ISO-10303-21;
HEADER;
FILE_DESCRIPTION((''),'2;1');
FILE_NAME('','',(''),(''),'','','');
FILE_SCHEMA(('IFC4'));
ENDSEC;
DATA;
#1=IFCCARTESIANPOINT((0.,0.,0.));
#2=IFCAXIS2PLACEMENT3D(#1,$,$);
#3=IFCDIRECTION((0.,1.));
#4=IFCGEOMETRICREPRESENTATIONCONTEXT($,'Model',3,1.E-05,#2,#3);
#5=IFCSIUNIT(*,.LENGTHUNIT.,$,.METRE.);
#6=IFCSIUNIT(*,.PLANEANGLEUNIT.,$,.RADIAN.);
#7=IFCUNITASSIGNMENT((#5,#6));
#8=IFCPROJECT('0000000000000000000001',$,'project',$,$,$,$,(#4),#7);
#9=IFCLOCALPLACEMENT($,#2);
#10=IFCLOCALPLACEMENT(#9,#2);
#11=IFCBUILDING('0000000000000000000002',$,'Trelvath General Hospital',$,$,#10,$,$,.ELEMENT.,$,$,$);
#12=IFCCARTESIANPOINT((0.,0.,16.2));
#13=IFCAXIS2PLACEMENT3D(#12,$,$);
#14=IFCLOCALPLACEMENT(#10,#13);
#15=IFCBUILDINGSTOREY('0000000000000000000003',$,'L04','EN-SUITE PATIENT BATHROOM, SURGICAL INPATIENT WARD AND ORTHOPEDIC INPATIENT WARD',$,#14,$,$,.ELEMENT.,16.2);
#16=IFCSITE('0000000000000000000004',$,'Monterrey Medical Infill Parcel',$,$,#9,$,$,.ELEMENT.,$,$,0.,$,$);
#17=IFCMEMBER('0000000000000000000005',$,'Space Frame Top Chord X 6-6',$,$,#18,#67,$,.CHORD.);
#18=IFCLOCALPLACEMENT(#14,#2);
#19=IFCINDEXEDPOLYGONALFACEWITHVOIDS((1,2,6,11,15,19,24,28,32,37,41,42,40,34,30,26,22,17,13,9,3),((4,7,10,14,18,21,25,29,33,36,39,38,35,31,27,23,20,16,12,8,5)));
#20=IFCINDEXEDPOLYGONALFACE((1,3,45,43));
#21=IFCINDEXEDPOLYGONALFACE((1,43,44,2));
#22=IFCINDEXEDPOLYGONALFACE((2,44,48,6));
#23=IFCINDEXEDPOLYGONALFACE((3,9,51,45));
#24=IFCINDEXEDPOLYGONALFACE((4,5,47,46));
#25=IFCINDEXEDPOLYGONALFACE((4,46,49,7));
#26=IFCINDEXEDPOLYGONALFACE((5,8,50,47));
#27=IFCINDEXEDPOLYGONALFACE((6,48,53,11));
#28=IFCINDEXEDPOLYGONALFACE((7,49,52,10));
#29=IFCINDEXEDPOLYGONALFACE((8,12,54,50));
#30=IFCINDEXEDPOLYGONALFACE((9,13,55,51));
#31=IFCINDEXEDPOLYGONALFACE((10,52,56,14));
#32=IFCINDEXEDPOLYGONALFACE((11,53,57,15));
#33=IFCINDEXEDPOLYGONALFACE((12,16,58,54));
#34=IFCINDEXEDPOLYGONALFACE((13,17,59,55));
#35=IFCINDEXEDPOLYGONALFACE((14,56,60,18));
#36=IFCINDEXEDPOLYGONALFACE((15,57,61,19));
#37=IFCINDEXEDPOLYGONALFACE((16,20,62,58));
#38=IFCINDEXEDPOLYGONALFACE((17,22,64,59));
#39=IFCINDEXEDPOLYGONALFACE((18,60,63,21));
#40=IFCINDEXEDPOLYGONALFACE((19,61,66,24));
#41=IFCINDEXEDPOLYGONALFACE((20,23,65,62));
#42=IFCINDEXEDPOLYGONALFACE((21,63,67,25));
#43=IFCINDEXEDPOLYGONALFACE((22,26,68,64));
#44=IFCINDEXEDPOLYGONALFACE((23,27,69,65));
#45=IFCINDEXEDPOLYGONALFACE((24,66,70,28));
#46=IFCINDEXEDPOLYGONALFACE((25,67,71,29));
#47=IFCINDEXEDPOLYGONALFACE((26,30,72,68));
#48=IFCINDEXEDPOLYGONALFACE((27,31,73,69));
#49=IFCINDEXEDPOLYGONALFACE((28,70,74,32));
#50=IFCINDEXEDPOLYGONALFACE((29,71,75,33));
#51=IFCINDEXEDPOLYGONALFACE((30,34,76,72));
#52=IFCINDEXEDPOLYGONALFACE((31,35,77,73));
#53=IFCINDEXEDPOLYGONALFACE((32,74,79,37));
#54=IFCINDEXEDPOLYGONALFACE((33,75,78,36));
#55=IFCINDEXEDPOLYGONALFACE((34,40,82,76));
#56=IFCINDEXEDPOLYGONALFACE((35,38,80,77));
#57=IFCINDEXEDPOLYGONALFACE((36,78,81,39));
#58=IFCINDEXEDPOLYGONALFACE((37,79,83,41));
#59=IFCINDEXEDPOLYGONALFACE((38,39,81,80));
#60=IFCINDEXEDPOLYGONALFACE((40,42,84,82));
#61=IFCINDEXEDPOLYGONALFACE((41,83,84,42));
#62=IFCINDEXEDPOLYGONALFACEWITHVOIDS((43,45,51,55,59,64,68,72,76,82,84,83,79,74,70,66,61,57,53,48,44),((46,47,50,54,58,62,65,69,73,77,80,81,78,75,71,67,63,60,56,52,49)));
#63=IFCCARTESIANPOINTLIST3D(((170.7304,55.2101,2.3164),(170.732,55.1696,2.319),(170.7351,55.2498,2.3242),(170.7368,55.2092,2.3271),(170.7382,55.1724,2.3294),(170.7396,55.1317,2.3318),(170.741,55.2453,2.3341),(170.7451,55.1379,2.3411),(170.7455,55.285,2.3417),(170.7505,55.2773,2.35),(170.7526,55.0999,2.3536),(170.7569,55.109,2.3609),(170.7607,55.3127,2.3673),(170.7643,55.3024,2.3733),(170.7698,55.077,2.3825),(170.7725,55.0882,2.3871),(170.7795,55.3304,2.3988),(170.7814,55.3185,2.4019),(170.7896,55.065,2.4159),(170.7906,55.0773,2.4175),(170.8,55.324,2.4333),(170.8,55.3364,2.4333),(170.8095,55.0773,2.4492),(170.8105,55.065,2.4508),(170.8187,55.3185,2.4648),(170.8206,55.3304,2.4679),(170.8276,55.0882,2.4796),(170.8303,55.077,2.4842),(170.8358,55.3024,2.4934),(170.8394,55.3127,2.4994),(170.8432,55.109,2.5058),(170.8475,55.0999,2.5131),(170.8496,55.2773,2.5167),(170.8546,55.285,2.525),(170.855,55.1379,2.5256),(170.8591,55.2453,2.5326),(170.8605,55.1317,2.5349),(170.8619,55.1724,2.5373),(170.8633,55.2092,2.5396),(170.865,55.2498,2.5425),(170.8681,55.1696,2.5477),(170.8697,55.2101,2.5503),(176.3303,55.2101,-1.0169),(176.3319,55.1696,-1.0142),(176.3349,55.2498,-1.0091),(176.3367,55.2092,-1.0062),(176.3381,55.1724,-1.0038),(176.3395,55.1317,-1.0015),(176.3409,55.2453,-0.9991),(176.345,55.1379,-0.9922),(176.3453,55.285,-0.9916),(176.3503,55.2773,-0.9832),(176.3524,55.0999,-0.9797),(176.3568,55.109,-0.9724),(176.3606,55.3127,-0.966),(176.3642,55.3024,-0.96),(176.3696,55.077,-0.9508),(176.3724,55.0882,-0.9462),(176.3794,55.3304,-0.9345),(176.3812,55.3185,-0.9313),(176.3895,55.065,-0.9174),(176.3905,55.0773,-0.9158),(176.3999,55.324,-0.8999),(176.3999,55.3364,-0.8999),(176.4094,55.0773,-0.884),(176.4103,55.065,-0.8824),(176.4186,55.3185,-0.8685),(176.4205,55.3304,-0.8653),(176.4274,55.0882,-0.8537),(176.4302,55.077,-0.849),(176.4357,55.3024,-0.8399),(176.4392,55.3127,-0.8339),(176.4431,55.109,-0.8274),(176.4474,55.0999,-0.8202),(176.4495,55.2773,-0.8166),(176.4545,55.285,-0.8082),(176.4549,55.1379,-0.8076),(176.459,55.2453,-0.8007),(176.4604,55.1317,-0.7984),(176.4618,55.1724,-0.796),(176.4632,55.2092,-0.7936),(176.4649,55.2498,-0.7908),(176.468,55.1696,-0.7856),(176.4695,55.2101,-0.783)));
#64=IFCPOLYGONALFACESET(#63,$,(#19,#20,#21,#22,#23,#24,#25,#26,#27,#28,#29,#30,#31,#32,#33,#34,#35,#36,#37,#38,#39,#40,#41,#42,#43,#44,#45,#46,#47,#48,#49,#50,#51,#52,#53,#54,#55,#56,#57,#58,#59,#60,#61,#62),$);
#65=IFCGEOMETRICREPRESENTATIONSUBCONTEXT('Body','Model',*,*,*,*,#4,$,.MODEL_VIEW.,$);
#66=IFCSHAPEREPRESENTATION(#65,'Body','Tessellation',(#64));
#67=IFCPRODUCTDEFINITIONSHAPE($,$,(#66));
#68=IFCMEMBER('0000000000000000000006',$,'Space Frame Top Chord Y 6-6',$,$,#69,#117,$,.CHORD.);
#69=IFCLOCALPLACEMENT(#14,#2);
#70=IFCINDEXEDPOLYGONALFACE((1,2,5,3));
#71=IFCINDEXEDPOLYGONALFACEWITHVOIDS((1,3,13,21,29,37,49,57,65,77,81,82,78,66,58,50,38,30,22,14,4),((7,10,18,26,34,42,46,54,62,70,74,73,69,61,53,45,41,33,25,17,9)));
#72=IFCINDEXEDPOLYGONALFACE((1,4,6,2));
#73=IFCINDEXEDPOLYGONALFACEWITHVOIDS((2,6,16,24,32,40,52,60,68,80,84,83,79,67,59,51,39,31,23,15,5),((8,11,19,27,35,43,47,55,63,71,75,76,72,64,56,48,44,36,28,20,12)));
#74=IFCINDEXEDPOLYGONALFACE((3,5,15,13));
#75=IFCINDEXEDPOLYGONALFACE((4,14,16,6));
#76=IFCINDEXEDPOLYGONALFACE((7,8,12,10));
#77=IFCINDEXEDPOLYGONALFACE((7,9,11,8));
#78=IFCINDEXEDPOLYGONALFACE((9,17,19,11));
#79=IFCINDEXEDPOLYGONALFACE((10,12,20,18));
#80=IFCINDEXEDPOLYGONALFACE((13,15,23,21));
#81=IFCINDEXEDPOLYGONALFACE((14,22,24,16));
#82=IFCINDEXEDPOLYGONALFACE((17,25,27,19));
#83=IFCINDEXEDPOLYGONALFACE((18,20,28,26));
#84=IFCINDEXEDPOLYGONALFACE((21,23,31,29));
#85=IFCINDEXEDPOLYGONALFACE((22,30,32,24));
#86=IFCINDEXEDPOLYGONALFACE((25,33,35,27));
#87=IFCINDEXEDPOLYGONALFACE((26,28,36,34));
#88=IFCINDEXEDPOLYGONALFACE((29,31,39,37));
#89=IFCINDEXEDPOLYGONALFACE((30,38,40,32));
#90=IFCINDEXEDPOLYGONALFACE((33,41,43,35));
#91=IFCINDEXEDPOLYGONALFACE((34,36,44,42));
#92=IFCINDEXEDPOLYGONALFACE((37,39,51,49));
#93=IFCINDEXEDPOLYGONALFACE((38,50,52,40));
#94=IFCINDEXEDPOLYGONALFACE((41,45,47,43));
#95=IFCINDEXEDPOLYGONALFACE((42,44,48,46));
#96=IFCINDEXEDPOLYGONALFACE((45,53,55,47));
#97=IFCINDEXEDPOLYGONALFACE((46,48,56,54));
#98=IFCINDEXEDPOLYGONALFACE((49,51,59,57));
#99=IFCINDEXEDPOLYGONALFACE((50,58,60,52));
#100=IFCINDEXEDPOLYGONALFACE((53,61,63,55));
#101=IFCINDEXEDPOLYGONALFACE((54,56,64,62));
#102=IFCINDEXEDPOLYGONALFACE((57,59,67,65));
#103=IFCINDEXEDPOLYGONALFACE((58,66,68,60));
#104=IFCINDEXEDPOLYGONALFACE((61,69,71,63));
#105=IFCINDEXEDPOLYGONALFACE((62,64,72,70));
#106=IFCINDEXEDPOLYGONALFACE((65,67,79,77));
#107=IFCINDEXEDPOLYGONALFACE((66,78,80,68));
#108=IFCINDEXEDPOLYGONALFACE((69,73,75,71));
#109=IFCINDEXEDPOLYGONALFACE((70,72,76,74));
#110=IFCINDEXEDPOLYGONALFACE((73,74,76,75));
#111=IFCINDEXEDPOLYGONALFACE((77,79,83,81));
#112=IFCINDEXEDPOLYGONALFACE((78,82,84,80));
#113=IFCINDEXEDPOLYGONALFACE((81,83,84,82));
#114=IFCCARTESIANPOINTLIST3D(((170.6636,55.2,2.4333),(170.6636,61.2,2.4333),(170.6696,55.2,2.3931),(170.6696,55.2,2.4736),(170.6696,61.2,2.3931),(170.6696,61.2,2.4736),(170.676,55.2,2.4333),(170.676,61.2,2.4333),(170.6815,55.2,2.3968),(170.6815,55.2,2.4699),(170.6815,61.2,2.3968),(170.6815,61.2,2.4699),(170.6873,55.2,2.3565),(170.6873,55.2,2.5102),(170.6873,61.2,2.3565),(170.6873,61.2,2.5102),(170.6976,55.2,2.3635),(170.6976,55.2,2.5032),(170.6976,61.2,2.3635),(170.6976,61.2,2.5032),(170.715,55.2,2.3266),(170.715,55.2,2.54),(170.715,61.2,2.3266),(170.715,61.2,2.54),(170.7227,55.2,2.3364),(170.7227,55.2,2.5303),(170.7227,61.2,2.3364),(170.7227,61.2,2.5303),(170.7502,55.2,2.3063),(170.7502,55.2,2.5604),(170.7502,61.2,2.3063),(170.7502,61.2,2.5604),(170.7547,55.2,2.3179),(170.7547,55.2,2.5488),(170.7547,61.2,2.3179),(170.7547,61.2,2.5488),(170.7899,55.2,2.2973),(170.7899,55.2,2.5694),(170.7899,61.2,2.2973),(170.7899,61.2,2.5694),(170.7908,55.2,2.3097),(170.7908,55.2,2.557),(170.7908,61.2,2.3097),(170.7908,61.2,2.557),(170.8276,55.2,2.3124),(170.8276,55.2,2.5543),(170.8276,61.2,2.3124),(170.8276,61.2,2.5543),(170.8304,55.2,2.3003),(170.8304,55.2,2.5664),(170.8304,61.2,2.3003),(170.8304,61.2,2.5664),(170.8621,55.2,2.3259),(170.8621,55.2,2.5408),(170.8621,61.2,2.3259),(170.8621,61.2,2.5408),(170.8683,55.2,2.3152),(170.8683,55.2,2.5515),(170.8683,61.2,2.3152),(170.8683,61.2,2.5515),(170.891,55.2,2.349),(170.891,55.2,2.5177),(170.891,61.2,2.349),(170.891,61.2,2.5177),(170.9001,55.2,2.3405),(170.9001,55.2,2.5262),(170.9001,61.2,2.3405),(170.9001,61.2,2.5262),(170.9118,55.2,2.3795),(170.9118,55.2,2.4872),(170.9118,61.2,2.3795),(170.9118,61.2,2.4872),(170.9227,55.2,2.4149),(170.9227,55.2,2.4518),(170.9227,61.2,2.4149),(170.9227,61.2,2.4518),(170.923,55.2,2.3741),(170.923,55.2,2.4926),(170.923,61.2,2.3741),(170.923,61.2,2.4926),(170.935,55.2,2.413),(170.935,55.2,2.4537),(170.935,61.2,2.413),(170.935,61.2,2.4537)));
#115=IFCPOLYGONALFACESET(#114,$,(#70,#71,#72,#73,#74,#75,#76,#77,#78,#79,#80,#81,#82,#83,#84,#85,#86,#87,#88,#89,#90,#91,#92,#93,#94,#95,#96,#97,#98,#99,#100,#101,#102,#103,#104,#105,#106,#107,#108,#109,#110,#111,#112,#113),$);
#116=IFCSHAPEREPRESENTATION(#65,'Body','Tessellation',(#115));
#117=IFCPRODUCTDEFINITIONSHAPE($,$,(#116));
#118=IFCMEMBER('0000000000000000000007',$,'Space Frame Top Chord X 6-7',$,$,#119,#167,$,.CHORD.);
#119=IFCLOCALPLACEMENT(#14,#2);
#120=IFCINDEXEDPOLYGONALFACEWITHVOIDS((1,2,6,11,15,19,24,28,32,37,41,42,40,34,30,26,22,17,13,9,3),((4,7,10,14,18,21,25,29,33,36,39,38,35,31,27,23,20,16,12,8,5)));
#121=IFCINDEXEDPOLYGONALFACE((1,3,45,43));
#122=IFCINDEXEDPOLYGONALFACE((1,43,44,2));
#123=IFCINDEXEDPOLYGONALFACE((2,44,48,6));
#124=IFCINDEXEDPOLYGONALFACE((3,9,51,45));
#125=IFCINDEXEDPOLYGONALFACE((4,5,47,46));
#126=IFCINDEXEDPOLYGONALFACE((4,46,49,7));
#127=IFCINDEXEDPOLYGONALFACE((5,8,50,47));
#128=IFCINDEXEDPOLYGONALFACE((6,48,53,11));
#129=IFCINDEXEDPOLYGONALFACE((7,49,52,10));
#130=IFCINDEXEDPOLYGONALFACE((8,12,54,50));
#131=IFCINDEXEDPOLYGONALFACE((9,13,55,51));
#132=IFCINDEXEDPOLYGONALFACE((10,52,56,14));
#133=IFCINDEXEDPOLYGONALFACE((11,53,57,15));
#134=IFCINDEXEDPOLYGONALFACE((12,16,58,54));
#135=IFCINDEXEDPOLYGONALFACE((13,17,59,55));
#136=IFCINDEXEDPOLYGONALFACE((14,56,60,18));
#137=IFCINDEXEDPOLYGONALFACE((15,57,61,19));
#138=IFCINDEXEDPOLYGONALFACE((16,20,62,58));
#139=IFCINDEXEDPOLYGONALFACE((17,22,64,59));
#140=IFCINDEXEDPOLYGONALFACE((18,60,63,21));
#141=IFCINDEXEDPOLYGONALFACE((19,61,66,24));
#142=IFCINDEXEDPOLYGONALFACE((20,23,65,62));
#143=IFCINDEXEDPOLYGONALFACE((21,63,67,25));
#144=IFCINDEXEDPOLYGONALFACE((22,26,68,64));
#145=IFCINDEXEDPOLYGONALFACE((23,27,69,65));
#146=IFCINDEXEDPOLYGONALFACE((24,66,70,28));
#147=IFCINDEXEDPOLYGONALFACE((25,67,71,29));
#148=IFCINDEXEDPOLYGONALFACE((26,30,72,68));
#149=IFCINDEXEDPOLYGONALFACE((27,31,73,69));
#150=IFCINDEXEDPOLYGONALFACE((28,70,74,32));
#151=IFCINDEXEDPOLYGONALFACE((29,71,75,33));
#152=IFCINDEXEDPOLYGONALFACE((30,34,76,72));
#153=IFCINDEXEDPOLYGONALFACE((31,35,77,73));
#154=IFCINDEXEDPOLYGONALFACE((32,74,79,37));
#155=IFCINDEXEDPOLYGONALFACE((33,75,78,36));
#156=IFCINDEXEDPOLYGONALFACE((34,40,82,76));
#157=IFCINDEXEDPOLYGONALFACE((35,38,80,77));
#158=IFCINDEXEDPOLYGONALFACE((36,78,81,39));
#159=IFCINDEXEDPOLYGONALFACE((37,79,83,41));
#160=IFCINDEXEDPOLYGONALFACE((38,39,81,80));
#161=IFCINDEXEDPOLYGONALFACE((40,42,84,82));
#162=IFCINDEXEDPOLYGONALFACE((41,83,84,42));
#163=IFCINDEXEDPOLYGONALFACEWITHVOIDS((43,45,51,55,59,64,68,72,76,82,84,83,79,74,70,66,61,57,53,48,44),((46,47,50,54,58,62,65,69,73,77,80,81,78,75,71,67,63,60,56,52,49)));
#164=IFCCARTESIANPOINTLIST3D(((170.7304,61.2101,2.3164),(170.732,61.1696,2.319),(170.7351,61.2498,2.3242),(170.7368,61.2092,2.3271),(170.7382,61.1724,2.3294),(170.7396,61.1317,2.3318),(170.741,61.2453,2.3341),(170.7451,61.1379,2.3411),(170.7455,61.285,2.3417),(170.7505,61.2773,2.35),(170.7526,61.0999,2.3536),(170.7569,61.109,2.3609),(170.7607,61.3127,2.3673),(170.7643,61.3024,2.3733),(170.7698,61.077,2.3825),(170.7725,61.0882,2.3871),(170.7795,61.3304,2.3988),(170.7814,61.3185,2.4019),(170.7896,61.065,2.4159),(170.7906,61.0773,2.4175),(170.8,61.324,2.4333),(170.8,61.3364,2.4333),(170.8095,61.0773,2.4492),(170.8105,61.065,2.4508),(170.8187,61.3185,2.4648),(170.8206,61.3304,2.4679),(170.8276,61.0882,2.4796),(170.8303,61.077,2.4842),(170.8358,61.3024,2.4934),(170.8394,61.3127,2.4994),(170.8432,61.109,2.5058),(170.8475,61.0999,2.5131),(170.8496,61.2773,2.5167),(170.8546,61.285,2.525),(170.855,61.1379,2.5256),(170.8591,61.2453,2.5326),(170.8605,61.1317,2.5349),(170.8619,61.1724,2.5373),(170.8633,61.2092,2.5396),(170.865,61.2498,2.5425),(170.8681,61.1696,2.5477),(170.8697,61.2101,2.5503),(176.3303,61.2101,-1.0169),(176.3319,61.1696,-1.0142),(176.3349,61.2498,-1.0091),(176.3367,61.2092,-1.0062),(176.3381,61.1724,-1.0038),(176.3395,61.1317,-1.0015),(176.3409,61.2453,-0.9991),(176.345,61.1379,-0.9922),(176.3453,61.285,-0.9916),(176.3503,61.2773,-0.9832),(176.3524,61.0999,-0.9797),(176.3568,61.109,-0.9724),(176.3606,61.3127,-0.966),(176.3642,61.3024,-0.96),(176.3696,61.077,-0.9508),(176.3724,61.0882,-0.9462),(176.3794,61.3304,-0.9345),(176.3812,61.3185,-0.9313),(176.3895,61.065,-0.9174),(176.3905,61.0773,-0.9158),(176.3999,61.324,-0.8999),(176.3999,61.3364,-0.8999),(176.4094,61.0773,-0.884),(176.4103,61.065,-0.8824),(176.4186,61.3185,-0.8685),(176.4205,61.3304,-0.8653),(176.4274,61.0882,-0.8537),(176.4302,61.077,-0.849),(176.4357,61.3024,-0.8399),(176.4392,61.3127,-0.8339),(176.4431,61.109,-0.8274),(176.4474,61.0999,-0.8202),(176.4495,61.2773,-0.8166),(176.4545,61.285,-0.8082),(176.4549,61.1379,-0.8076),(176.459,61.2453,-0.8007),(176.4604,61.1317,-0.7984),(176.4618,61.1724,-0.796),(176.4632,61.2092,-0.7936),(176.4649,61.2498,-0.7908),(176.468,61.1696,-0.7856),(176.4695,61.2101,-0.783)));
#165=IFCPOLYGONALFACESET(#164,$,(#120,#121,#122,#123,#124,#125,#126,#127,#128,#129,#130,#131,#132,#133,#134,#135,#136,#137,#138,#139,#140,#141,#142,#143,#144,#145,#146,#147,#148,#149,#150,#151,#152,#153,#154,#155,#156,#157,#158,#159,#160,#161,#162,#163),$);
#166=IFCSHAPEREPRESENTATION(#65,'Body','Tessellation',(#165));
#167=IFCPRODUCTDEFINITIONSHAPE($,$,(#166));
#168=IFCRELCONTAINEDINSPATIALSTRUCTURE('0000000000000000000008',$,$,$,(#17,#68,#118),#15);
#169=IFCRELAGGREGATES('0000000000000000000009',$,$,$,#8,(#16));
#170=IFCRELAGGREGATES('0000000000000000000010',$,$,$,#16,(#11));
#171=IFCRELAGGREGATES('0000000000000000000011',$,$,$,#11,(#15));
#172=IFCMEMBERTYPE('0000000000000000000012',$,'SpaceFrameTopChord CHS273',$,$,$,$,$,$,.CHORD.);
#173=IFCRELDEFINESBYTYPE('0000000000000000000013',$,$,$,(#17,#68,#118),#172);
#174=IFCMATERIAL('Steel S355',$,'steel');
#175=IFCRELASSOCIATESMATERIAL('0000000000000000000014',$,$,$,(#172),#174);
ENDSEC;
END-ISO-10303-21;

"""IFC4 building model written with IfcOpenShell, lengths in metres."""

from ifc_helpers import new_model, si_unit, direction, frame, origin, origin_2d, place, context, subcontext, project, spatial, hollow_circle, extrude, material, material_profile, profile_set, type_object, element, save


model = new_model("IFC4")

# Units and contexts
model_context = context("Model", 3, precision=1e-05, world=origin(), true_north=direction((0.0, 1.0)))
body_context = subcontext(model_context, "Body", "Model", "MODEL_VIEW")
ifc_project = project(units=[si_unit("LENGTHUNIT", "METRE"), si_unit("PLANEANGLEUNIT", "RADIAN")], contexts=[model_context])

# Site, building, storey
site_placement = place(None, origin())
site = spatial("IfcSite", under=ifc_project, at=site_placement, Name="Monterrey Medical Infill Parcel", CompositionType="ELEMENT", RefElevation=0.0)
building_placement = place(site_placement, origin())
building = spatial("IfcBuilding", under=site, at=building_placement, Name="Trelvath General Hospital", CompositionType="ELEMENT")
storey_placement = place(building_placement, frame((0.0, 0.0, 16.2)))
storey = spatial("IfcBuildingStorey", under=building, at=storey_placement, Name="L04", Description="EN-SUITE PATIENT BATHROOM, SURGICAL INPATIENT WARD AND ORTHOPEDIC INPATIENT WARD", CompositionType="ELEMENT", Elevation=16.2)

# Members
ifc_material_1 = material(Name="Steel S355", Category="steel")
ifc_material_profile_1 = material_profile(ifc_material_1, hollow_circle(Radius=0.1365, WallThickness=0.0125, at=origin_2d()), Name="CHS273.0x12.5")
ifc_profile_set_1 = profile_set([ifc_material_profile_1], Name="Steel S355")
member_type_1 = type_object("IfcMemberType", Name="SpaceFrameTopChord CHS273", PredefinedType="CHORD", material=ifc_profile_set_1)
member_1_placement = place(storey_placement, frame((170.8, 55.2, 2.4333), z_axis=(0.859292, 0.0, -0.511485), x_axis=(0.0, 1.0, 0.0)))
element("IfcMember", 1, at=member_1_placement, inside=storey, type_object=member_type_1, Name="Space Frame Top Chord X 6-6", PredefinedType="CHORD", context=body_context, shape_type="SweptSolid", body=[
    extrude(hollow_circle(Radius=0.1365, WallThickness=0.0125, at=origin_2d()), origin(), (0.0, 0.0, 1.0), 6.5168),
])
member_2_placement = place(storey_placement, frame((170.8, 55.2, 2.4333), z_axis=(0.0, 1.0, 0.0), x_axis=(-1.0, 0.0, 0.0)))
element("IfcMember", 2, at=member_2_placement, inside=storey, type_object=member_type_1, Name="Space Frame Top Chord Y 6-6", PredefinedType="CHORD", context=body_context, shape_type="SweptSolid", body=[
    extrude(hollow_circle(Radius=0.1365, WallThickness=0.0125, at=origin_2d()), origin(), (0.0, 0.0, 1.0), 6.0),
])
member_3_placement = place(storey_placement, frame((170.8, 61.2, 2.4333), z_axis=(0.859292, 0.0, -0.511485), x_axis=(0.0, 1.0, 0.0)))
element("IfcMember", 3, at=member_3_placement, inside=storey, type_object=member_type_1, Name="Space Frame Top Chord X 6-7", PredefinedType="CHORD", context=body_context, shape_type="SweptSolid", body=[
    extrude(hollow_circle(Radius=0.1365, WallThickness=0.0125, at=origin_2d()), origin(), (0.0, 0.0, 1.0), 6.5168),
])

save(model, "model.ifc")
